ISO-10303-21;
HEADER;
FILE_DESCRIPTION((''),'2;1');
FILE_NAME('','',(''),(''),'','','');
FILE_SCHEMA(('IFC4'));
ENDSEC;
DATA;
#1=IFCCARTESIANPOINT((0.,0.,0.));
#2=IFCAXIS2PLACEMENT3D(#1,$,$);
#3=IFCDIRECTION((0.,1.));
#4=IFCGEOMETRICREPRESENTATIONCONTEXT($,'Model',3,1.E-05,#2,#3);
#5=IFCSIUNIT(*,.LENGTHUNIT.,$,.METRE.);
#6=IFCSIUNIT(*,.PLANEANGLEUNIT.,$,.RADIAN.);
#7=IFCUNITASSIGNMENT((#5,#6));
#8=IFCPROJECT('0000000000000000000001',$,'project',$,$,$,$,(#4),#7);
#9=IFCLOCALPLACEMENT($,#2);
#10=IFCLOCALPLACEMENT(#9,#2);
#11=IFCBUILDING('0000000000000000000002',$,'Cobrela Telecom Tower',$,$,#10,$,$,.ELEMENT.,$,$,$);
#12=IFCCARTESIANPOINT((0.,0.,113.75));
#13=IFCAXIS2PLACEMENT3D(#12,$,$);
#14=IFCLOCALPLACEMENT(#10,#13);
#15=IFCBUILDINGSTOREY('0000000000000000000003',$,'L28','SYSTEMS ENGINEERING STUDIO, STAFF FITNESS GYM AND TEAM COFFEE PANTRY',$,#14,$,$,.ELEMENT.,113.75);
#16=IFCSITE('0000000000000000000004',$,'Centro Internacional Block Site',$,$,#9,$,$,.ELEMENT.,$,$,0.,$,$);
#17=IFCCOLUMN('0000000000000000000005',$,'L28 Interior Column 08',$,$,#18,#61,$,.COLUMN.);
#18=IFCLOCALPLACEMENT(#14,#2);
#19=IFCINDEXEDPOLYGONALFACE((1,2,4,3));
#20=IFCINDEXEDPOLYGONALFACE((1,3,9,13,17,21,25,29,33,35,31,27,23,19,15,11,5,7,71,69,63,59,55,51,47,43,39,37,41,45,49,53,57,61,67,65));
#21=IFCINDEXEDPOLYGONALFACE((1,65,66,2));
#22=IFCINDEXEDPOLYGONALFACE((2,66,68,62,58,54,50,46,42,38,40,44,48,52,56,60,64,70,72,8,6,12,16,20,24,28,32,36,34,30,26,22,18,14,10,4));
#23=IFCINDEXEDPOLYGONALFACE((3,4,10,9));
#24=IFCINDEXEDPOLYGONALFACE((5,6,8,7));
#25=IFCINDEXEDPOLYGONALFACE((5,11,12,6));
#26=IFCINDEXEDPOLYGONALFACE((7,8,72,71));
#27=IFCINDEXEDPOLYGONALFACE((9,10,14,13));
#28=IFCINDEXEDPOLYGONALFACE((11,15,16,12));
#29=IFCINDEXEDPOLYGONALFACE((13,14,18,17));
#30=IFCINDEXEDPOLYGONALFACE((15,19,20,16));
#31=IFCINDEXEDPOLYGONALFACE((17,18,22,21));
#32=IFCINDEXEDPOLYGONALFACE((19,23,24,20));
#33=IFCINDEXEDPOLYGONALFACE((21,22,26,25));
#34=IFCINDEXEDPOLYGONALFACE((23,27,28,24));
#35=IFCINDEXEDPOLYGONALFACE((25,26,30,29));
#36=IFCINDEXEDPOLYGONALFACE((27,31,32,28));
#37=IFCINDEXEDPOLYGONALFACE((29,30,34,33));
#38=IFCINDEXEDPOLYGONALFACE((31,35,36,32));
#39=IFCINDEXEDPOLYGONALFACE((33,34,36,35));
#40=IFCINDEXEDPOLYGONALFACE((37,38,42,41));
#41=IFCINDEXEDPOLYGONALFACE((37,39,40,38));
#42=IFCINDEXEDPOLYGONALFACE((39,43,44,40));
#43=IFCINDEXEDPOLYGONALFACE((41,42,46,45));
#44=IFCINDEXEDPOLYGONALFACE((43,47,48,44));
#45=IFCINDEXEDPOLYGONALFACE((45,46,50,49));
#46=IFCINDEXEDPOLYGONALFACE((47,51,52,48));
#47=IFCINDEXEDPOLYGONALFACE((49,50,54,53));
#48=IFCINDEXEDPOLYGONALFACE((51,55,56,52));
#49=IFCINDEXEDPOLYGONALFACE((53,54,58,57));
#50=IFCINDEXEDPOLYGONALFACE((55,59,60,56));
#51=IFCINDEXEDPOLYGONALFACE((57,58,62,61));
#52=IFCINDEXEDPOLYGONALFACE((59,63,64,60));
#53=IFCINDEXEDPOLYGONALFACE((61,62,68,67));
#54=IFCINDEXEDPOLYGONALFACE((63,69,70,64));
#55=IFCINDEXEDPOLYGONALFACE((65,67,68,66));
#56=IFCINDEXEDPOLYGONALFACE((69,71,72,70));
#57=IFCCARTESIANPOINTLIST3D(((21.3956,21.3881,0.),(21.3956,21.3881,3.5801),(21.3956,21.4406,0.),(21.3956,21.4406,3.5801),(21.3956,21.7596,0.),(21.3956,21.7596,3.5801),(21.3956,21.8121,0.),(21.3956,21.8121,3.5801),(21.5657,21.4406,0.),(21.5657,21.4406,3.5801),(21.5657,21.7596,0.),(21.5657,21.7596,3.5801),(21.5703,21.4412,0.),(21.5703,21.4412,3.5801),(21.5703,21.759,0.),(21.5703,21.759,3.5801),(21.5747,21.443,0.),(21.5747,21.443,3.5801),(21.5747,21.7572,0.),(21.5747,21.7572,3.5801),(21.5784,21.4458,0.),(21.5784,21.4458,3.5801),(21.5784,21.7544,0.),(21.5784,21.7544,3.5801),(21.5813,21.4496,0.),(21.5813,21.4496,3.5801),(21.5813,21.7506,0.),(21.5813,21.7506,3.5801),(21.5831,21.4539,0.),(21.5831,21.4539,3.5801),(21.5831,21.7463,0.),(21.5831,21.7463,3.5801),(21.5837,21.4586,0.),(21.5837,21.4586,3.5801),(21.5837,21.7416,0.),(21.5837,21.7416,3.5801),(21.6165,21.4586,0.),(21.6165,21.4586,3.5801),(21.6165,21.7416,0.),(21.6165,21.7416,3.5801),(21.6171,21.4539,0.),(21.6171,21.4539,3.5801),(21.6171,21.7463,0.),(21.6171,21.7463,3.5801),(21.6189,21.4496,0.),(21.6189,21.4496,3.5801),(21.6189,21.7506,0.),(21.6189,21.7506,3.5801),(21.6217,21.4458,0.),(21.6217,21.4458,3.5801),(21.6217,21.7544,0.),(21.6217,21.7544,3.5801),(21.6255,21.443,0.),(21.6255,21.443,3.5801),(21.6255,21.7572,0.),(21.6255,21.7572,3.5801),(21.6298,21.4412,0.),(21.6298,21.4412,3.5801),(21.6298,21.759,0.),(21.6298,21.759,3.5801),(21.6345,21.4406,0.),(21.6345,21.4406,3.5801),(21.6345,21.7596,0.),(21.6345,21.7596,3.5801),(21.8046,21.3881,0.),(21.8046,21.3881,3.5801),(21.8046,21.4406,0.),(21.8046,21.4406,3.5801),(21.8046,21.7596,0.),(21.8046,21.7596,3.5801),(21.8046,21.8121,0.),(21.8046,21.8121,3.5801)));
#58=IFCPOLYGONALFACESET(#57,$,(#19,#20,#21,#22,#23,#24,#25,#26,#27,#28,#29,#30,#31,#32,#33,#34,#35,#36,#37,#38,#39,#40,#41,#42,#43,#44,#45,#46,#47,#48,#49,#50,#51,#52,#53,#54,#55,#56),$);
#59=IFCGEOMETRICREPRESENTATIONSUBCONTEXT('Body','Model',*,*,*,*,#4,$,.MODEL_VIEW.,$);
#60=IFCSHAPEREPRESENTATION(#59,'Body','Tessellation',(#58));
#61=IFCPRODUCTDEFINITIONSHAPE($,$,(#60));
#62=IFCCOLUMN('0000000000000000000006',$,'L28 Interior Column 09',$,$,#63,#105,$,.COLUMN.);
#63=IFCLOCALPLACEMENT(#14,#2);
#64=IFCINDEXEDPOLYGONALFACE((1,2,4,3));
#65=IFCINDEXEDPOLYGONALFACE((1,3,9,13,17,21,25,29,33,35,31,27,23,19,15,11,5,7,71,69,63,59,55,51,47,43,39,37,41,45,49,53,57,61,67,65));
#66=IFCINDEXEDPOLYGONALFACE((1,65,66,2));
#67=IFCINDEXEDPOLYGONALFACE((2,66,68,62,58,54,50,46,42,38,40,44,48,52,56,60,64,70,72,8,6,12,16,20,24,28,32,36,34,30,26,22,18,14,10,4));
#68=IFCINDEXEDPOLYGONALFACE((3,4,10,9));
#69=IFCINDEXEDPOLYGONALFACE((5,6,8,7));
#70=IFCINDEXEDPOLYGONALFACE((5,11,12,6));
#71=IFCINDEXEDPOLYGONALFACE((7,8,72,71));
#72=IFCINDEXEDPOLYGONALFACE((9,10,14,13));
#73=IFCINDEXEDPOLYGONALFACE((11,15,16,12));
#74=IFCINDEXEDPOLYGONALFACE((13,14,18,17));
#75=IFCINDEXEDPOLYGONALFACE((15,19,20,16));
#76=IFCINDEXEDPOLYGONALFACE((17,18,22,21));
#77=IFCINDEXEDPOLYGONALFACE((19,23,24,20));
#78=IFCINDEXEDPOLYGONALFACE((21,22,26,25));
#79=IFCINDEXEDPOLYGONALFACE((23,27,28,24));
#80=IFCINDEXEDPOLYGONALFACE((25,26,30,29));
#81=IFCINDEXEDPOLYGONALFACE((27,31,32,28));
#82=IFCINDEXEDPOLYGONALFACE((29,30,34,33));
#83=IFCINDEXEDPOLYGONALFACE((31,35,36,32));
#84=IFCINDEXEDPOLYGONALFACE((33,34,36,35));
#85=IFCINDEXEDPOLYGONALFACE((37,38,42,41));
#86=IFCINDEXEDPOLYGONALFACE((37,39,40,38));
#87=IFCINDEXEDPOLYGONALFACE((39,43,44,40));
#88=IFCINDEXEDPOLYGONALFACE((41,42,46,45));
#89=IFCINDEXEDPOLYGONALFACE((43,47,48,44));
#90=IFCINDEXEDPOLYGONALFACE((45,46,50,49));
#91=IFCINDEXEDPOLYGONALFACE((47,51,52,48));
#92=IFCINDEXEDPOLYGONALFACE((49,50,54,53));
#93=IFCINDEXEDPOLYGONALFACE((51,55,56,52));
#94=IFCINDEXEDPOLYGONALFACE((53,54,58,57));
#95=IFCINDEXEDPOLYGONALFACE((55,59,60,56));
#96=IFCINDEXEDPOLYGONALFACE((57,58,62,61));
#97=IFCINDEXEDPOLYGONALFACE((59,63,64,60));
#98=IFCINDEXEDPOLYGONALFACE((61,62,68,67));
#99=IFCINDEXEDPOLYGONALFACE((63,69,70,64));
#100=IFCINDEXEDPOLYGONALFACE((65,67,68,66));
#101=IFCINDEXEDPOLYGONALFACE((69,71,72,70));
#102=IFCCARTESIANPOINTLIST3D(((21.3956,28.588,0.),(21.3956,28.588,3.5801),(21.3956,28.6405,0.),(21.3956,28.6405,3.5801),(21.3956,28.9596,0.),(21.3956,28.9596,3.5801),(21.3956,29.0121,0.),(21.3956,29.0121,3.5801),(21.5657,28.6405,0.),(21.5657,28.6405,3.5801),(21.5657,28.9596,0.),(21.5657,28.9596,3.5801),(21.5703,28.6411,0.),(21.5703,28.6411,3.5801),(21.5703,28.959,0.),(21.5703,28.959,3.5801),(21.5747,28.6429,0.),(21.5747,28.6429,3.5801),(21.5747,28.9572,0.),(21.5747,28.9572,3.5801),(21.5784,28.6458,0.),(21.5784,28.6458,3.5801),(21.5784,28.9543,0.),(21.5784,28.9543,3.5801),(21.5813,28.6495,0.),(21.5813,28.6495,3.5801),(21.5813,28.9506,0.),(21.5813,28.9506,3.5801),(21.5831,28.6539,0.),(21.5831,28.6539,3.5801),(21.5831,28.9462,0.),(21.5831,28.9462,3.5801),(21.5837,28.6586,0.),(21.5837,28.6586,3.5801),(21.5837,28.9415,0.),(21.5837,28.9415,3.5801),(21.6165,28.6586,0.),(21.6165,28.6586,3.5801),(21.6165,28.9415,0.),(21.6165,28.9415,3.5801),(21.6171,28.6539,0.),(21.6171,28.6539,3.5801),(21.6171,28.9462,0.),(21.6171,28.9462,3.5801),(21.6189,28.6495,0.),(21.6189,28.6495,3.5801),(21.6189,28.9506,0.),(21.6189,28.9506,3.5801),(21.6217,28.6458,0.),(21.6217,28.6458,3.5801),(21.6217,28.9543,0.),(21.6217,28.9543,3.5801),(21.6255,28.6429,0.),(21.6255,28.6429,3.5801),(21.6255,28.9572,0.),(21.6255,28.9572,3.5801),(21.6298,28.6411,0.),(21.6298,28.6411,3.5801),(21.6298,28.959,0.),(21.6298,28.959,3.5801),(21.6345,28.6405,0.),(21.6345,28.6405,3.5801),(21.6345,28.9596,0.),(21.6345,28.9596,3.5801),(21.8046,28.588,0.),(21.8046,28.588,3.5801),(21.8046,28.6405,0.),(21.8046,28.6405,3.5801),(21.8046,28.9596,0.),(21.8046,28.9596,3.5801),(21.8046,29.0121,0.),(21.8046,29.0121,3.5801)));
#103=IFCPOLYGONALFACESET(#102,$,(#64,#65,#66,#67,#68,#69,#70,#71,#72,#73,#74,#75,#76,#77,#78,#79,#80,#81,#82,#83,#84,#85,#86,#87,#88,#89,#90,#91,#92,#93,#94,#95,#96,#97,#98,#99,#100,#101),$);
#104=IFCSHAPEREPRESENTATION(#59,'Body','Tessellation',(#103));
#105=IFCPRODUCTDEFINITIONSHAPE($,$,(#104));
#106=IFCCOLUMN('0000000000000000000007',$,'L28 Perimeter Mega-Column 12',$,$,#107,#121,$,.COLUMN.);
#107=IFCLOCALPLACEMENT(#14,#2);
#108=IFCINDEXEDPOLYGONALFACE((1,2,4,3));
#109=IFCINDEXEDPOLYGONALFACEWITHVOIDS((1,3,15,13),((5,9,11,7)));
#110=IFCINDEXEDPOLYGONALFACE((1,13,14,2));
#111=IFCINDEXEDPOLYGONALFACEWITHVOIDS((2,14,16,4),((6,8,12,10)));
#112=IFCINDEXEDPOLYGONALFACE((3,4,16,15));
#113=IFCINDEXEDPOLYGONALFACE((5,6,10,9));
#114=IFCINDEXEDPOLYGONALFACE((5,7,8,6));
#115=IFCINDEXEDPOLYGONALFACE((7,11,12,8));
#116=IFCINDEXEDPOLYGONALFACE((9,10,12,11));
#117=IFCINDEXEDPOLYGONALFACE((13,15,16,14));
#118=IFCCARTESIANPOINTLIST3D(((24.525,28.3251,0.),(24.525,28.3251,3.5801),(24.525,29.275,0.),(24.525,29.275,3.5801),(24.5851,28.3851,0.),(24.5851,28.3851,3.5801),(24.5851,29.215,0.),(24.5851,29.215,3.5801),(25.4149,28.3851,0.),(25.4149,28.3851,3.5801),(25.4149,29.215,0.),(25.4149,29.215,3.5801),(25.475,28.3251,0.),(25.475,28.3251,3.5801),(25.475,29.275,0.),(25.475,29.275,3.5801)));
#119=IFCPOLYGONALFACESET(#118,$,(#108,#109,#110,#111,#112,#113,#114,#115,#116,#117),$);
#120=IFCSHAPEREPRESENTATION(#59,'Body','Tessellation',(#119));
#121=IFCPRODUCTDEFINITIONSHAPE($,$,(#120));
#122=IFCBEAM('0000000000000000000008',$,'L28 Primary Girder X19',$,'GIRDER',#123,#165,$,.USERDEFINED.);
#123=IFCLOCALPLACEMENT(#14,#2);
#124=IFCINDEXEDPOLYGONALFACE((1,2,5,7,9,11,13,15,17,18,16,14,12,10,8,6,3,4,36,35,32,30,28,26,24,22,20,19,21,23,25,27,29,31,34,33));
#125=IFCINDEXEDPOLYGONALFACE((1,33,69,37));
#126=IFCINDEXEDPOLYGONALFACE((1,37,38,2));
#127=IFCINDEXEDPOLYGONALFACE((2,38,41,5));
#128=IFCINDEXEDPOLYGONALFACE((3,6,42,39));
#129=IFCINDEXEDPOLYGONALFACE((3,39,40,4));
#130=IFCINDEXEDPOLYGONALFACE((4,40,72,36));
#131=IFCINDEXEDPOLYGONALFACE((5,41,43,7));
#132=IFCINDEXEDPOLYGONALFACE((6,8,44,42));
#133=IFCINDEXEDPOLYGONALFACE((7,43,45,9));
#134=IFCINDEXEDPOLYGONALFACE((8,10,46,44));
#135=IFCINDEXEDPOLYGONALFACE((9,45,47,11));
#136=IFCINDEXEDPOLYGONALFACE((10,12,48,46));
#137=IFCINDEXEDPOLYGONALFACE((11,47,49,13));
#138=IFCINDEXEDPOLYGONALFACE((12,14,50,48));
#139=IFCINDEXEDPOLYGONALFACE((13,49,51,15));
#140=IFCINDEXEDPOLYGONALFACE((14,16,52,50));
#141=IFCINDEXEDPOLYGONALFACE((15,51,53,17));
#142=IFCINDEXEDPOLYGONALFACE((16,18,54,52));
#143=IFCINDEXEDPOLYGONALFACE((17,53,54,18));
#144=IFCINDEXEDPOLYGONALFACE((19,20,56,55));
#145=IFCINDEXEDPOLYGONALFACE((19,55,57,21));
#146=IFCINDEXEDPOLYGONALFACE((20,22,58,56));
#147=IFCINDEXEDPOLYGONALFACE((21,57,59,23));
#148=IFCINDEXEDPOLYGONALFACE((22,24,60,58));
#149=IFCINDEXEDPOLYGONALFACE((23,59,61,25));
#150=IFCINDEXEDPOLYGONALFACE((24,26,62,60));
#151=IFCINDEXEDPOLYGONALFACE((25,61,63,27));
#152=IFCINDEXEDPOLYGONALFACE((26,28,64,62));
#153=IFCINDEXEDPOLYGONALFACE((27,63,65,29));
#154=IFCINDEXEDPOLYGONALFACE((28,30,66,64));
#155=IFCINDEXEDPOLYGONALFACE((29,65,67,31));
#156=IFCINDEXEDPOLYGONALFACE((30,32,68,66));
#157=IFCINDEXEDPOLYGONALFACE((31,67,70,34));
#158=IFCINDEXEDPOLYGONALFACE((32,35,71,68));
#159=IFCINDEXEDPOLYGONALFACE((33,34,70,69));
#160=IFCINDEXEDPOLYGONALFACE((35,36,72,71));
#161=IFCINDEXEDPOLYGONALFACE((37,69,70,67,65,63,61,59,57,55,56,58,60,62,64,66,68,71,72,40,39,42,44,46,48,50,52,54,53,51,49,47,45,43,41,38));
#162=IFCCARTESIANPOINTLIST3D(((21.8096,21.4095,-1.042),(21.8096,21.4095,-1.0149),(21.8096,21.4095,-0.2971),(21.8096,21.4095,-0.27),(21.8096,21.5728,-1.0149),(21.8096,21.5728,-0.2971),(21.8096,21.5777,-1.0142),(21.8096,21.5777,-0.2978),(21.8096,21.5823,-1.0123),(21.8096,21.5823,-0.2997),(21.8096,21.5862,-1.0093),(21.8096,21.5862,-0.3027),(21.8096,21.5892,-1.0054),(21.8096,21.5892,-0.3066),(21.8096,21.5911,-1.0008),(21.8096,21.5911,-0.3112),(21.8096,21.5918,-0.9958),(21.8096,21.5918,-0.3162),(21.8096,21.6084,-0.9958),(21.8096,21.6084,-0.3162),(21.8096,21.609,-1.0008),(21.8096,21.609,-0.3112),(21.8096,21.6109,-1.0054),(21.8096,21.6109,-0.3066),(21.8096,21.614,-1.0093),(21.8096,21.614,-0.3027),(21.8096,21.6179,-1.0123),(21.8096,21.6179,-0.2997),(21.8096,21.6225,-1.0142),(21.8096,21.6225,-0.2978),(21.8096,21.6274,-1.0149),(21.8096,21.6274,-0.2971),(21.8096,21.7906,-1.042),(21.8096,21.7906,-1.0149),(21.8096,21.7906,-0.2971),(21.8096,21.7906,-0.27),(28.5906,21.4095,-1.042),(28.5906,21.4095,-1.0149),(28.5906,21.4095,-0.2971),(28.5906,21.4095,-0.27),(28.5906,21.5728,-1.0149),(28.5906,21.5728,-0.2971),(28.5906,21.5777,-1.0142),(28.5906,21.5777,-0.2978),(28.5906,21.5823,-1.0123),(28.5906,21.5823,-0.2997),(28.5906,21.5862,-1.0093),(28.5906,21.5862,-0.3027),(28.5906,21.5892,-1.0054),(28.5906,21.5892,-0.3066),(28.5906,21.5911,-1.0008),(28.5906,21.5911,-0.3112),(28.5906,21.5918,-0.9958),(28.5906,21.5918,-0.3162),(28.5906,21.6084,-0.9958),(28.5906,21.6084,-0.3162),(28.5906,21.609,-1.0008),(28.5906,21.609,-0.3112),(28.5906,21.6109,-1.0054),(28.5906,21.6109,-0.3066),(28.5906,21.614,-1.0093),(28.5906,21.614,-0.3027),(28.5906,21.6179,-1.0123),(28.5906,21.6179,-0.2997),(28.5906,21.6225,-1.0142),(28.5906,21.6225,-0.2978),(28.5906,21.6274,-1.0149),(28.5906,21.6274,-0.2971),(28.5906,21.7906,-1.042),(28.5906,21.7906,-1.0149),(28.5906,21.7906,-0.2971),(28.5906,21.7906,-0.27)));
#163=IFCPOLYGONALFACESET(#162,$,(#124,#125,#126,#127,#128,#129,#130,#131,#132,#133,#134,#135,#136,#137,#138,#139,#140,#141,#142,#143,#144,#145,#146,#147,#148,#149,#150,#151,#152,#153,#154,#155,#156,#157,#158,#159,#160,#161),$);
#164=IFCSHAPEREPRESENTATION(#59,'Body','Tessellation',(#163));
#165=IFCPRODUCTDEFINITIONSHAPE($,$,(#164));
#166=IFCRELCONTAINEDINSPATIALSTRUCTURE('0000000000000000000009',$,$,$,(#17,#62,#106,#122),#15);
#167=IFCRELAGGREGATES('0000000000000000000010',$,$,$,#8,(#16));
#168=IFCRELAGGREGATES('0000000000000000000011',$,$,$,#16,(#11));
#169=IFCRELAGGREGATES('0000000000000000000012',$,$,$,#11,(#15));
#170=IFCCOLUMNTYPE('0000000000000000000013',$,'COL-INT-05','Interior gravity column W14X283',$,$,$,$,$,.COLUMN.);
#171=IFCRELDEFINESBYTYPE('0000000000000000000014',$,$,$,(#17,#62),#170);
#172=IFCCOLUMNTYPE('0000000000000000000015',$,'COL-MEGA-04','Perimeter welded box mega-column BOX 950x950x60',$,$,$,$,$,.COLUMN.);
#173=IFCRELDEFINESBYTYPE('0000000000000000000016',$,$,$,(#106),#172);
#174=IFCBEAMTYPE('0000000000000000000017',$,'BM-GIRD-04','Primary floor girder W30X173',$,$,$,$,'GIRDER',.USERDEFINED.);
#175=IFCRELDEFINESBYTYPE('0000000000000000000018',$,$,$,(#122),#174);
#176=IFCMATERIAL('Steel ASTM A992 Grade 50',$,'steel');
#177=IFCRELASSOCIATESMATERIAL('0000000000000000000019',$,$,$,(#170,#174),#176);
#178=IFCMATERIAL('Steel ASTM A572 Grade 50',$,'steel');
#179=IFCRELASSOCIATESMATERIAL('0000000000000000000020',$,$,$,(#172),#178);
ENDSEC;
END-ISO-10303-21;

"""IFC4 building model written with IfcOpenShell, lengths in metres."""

from ifc_helpers import new_model, si_unit, direction, frame, origin, origin_2d, place, context, subcontext, project, spatial, hollow_rectangle, i_section, extrude, material, material_profile, profile_set, type_object, element, save


model = new_model("IFC4")

# Units and contexts
model_context = context("Model", 3, precision=1e-05, world=origin(), true_north=direction((0.0, 1.0)))
body_context = subcontext(model_context, "Body", "Model", "MODEL_VIEW")
ifc_project = project(units=[si_unit("LENGTHUNIT", "METRE"), si_unit("PLANEANGLEUNIT", "RADIAN")], contexts=[model_context])

# Site, building, storey
site_placement = place(None, origin())
site = spatial("IfcSite", under=ifc_project, at=site_placement, Name="Centro Internacional Block Site", CompositionType="ELEMENT", RefElevation=0.0)
building_placement = place(site_placement, origin())
building = spatial("IfcBuilding", under=site, at=building_placement, Name="Cobrela Telecom Tower", CompositionType="ELEMENT")
storey_placement = place(building_placement, frame((0.0, 0.0, 113.75)))
storey = spatial("IfcBuildingStorey", under=building, at=storey_placement, Name="L28", Description="SYSTEMS ENGINEERING STUDIO, STAFF FITNESS GYM AND TEAM COFFEE PANTRY", CompositionType="ELEMENT", Elevation=113.75)

# Columns
ifc_material_1 = material(Name="Steel ASTM A992 Grade 50", Category="steel")
ifc_material_profile_1 = material_profile(ifc_material_1, i_section(OverallWidth=0.4089, OverallDepth=0.4241, WebThickness=0.0327, FlangeThickness=0.0525, FilletRadius=0.0181, at=origin_2d()), Name="W14X283")
ifc_profile_set_1 = profile_set([ifc_material_profile_1], Name="Steel ASTM A992 Grade 50")
column_type_1 = type_object("IfcColumnType", Name="COL-INT-05", Description="Interior gravity column W14X283", PredefinedType="COLUMN", material=ifc_profile_set_1)
for number, where, z_axis, x_axis, name in (
    (1, (21.6001, 21.6001, 0.0), (0.0, 0.0, 1.0), (1.0, 0.0, 0.0), "L28 Interior Column 08"),
    (2, (21.6001, 28.8, 0.0), (0.0, 0.0, 1.0), (1.0, 0.0, 0.0), "L28 Interior Column 09"),
):
    element("IfcColumn", number, at=place(storey_placement, frame(where, z_axis=z_axis, x_axis=x_axis)), inside=storey, type_object=column_type_1, Name=name, PredefinedType="COLUMN", context=body_context, shape_type="SweptSolid", body=[
        extrude(i_section(OverallWidth=0.4089, OverallDepth=0.4241, WebThickness=0.0327, FlangeThickness=0.0525, FilletRadius=0.0181, at=origin_2d()), origin(), (0.0, 0.0, 1.0), 3.5801),
    ])
ifc_material_2 = material(Name="Steel ASTM A572 Grade 50", Category="steel")
ifc_material_profile_2 = material_profile(ifc_material_2, hollow_rectangle(XDim=0.95, YDim=0.95, WallThickness=0.0601, at=origin_2d()), Name="BOX 950x950x60")
ifc_profile_set_2 = profile_set([ifc_material_profile_2], Name="Steel ASTM A572 Grade 50")
column_type_2 = type_object("IfcColumnType", Name="COL-MEGA-04", Description="Perimeter welded box mega-column BOX 950x950x60", PredefinedType="COLUMN", material=ifc_profile_set_2)
column_placement = place(storey_placement, frame((25.0, 28.8, 0.0), z_axis=(0.0, 0.0, 1.0), x_axis=(1.0, 0.0, 0.0)))
element("IfcColumn", 3, at=column_placement, inside=storey, type_object=column_type_2, Name="L28 Perimeter Mega-Column 12", PredefinedType="COLUMN", context=body_context, shape_type="SweptSolid", body=[
    extrude(hollow_rectangle(XDim=0.95, YDim=0.95, WallThickness=0.0601, at=origin_2d()), origin(), (0.0, 0.0, 1.0), 3.5801),
])

# Beam
ifc_material_profile_3 = material_profile(ifc_material_1, i_section(OverallWidth=0.3811, OverallDepth=0.772, WebThickness=0.0166, FlangeThickness=0.0271, FilletRadius=0.019, at=origin_2d()), Name="W30X173")
ifc_profile_set_3 = profile_set([ifc_material_profile_3], Name="Steel ASTM A992 Grade 50")
beam_type_1 = type_object("IfcBeamType", Name="BM-GIRD-04", Description="Primary floor girder W30X173", ElementType="GIRDER", PredefinedType="USERDEFINED", material=ifc_profile_set_3)
beam_1_placement = place(storey_placement, frame((21.8096, 21.6001, -0.656), z_axis=(1.0, 0.0, 0.0), x_axis=(0.0, 1.0, 0.0)))
element("IfcBeam", 4, at=beam_1_placement, inside=storey, type_object=beam_type_1, Name="L28 Primary Girder X19", ObjectType="GIRDER", PredefinedType="USERDEFINED", context=body_context, shape_type="SweptSolid", body=[
    extrude(i_section(OverallWidth=0.3811, OverallDepth=0.772, WebThickness=0.0166, FlangeThickness=0.0271, FilletRadius=0.019, at=origin_2d()), origin(), (0.0, 0.0, 1.0), 6.781),
])

save(model, "model.ifc")
